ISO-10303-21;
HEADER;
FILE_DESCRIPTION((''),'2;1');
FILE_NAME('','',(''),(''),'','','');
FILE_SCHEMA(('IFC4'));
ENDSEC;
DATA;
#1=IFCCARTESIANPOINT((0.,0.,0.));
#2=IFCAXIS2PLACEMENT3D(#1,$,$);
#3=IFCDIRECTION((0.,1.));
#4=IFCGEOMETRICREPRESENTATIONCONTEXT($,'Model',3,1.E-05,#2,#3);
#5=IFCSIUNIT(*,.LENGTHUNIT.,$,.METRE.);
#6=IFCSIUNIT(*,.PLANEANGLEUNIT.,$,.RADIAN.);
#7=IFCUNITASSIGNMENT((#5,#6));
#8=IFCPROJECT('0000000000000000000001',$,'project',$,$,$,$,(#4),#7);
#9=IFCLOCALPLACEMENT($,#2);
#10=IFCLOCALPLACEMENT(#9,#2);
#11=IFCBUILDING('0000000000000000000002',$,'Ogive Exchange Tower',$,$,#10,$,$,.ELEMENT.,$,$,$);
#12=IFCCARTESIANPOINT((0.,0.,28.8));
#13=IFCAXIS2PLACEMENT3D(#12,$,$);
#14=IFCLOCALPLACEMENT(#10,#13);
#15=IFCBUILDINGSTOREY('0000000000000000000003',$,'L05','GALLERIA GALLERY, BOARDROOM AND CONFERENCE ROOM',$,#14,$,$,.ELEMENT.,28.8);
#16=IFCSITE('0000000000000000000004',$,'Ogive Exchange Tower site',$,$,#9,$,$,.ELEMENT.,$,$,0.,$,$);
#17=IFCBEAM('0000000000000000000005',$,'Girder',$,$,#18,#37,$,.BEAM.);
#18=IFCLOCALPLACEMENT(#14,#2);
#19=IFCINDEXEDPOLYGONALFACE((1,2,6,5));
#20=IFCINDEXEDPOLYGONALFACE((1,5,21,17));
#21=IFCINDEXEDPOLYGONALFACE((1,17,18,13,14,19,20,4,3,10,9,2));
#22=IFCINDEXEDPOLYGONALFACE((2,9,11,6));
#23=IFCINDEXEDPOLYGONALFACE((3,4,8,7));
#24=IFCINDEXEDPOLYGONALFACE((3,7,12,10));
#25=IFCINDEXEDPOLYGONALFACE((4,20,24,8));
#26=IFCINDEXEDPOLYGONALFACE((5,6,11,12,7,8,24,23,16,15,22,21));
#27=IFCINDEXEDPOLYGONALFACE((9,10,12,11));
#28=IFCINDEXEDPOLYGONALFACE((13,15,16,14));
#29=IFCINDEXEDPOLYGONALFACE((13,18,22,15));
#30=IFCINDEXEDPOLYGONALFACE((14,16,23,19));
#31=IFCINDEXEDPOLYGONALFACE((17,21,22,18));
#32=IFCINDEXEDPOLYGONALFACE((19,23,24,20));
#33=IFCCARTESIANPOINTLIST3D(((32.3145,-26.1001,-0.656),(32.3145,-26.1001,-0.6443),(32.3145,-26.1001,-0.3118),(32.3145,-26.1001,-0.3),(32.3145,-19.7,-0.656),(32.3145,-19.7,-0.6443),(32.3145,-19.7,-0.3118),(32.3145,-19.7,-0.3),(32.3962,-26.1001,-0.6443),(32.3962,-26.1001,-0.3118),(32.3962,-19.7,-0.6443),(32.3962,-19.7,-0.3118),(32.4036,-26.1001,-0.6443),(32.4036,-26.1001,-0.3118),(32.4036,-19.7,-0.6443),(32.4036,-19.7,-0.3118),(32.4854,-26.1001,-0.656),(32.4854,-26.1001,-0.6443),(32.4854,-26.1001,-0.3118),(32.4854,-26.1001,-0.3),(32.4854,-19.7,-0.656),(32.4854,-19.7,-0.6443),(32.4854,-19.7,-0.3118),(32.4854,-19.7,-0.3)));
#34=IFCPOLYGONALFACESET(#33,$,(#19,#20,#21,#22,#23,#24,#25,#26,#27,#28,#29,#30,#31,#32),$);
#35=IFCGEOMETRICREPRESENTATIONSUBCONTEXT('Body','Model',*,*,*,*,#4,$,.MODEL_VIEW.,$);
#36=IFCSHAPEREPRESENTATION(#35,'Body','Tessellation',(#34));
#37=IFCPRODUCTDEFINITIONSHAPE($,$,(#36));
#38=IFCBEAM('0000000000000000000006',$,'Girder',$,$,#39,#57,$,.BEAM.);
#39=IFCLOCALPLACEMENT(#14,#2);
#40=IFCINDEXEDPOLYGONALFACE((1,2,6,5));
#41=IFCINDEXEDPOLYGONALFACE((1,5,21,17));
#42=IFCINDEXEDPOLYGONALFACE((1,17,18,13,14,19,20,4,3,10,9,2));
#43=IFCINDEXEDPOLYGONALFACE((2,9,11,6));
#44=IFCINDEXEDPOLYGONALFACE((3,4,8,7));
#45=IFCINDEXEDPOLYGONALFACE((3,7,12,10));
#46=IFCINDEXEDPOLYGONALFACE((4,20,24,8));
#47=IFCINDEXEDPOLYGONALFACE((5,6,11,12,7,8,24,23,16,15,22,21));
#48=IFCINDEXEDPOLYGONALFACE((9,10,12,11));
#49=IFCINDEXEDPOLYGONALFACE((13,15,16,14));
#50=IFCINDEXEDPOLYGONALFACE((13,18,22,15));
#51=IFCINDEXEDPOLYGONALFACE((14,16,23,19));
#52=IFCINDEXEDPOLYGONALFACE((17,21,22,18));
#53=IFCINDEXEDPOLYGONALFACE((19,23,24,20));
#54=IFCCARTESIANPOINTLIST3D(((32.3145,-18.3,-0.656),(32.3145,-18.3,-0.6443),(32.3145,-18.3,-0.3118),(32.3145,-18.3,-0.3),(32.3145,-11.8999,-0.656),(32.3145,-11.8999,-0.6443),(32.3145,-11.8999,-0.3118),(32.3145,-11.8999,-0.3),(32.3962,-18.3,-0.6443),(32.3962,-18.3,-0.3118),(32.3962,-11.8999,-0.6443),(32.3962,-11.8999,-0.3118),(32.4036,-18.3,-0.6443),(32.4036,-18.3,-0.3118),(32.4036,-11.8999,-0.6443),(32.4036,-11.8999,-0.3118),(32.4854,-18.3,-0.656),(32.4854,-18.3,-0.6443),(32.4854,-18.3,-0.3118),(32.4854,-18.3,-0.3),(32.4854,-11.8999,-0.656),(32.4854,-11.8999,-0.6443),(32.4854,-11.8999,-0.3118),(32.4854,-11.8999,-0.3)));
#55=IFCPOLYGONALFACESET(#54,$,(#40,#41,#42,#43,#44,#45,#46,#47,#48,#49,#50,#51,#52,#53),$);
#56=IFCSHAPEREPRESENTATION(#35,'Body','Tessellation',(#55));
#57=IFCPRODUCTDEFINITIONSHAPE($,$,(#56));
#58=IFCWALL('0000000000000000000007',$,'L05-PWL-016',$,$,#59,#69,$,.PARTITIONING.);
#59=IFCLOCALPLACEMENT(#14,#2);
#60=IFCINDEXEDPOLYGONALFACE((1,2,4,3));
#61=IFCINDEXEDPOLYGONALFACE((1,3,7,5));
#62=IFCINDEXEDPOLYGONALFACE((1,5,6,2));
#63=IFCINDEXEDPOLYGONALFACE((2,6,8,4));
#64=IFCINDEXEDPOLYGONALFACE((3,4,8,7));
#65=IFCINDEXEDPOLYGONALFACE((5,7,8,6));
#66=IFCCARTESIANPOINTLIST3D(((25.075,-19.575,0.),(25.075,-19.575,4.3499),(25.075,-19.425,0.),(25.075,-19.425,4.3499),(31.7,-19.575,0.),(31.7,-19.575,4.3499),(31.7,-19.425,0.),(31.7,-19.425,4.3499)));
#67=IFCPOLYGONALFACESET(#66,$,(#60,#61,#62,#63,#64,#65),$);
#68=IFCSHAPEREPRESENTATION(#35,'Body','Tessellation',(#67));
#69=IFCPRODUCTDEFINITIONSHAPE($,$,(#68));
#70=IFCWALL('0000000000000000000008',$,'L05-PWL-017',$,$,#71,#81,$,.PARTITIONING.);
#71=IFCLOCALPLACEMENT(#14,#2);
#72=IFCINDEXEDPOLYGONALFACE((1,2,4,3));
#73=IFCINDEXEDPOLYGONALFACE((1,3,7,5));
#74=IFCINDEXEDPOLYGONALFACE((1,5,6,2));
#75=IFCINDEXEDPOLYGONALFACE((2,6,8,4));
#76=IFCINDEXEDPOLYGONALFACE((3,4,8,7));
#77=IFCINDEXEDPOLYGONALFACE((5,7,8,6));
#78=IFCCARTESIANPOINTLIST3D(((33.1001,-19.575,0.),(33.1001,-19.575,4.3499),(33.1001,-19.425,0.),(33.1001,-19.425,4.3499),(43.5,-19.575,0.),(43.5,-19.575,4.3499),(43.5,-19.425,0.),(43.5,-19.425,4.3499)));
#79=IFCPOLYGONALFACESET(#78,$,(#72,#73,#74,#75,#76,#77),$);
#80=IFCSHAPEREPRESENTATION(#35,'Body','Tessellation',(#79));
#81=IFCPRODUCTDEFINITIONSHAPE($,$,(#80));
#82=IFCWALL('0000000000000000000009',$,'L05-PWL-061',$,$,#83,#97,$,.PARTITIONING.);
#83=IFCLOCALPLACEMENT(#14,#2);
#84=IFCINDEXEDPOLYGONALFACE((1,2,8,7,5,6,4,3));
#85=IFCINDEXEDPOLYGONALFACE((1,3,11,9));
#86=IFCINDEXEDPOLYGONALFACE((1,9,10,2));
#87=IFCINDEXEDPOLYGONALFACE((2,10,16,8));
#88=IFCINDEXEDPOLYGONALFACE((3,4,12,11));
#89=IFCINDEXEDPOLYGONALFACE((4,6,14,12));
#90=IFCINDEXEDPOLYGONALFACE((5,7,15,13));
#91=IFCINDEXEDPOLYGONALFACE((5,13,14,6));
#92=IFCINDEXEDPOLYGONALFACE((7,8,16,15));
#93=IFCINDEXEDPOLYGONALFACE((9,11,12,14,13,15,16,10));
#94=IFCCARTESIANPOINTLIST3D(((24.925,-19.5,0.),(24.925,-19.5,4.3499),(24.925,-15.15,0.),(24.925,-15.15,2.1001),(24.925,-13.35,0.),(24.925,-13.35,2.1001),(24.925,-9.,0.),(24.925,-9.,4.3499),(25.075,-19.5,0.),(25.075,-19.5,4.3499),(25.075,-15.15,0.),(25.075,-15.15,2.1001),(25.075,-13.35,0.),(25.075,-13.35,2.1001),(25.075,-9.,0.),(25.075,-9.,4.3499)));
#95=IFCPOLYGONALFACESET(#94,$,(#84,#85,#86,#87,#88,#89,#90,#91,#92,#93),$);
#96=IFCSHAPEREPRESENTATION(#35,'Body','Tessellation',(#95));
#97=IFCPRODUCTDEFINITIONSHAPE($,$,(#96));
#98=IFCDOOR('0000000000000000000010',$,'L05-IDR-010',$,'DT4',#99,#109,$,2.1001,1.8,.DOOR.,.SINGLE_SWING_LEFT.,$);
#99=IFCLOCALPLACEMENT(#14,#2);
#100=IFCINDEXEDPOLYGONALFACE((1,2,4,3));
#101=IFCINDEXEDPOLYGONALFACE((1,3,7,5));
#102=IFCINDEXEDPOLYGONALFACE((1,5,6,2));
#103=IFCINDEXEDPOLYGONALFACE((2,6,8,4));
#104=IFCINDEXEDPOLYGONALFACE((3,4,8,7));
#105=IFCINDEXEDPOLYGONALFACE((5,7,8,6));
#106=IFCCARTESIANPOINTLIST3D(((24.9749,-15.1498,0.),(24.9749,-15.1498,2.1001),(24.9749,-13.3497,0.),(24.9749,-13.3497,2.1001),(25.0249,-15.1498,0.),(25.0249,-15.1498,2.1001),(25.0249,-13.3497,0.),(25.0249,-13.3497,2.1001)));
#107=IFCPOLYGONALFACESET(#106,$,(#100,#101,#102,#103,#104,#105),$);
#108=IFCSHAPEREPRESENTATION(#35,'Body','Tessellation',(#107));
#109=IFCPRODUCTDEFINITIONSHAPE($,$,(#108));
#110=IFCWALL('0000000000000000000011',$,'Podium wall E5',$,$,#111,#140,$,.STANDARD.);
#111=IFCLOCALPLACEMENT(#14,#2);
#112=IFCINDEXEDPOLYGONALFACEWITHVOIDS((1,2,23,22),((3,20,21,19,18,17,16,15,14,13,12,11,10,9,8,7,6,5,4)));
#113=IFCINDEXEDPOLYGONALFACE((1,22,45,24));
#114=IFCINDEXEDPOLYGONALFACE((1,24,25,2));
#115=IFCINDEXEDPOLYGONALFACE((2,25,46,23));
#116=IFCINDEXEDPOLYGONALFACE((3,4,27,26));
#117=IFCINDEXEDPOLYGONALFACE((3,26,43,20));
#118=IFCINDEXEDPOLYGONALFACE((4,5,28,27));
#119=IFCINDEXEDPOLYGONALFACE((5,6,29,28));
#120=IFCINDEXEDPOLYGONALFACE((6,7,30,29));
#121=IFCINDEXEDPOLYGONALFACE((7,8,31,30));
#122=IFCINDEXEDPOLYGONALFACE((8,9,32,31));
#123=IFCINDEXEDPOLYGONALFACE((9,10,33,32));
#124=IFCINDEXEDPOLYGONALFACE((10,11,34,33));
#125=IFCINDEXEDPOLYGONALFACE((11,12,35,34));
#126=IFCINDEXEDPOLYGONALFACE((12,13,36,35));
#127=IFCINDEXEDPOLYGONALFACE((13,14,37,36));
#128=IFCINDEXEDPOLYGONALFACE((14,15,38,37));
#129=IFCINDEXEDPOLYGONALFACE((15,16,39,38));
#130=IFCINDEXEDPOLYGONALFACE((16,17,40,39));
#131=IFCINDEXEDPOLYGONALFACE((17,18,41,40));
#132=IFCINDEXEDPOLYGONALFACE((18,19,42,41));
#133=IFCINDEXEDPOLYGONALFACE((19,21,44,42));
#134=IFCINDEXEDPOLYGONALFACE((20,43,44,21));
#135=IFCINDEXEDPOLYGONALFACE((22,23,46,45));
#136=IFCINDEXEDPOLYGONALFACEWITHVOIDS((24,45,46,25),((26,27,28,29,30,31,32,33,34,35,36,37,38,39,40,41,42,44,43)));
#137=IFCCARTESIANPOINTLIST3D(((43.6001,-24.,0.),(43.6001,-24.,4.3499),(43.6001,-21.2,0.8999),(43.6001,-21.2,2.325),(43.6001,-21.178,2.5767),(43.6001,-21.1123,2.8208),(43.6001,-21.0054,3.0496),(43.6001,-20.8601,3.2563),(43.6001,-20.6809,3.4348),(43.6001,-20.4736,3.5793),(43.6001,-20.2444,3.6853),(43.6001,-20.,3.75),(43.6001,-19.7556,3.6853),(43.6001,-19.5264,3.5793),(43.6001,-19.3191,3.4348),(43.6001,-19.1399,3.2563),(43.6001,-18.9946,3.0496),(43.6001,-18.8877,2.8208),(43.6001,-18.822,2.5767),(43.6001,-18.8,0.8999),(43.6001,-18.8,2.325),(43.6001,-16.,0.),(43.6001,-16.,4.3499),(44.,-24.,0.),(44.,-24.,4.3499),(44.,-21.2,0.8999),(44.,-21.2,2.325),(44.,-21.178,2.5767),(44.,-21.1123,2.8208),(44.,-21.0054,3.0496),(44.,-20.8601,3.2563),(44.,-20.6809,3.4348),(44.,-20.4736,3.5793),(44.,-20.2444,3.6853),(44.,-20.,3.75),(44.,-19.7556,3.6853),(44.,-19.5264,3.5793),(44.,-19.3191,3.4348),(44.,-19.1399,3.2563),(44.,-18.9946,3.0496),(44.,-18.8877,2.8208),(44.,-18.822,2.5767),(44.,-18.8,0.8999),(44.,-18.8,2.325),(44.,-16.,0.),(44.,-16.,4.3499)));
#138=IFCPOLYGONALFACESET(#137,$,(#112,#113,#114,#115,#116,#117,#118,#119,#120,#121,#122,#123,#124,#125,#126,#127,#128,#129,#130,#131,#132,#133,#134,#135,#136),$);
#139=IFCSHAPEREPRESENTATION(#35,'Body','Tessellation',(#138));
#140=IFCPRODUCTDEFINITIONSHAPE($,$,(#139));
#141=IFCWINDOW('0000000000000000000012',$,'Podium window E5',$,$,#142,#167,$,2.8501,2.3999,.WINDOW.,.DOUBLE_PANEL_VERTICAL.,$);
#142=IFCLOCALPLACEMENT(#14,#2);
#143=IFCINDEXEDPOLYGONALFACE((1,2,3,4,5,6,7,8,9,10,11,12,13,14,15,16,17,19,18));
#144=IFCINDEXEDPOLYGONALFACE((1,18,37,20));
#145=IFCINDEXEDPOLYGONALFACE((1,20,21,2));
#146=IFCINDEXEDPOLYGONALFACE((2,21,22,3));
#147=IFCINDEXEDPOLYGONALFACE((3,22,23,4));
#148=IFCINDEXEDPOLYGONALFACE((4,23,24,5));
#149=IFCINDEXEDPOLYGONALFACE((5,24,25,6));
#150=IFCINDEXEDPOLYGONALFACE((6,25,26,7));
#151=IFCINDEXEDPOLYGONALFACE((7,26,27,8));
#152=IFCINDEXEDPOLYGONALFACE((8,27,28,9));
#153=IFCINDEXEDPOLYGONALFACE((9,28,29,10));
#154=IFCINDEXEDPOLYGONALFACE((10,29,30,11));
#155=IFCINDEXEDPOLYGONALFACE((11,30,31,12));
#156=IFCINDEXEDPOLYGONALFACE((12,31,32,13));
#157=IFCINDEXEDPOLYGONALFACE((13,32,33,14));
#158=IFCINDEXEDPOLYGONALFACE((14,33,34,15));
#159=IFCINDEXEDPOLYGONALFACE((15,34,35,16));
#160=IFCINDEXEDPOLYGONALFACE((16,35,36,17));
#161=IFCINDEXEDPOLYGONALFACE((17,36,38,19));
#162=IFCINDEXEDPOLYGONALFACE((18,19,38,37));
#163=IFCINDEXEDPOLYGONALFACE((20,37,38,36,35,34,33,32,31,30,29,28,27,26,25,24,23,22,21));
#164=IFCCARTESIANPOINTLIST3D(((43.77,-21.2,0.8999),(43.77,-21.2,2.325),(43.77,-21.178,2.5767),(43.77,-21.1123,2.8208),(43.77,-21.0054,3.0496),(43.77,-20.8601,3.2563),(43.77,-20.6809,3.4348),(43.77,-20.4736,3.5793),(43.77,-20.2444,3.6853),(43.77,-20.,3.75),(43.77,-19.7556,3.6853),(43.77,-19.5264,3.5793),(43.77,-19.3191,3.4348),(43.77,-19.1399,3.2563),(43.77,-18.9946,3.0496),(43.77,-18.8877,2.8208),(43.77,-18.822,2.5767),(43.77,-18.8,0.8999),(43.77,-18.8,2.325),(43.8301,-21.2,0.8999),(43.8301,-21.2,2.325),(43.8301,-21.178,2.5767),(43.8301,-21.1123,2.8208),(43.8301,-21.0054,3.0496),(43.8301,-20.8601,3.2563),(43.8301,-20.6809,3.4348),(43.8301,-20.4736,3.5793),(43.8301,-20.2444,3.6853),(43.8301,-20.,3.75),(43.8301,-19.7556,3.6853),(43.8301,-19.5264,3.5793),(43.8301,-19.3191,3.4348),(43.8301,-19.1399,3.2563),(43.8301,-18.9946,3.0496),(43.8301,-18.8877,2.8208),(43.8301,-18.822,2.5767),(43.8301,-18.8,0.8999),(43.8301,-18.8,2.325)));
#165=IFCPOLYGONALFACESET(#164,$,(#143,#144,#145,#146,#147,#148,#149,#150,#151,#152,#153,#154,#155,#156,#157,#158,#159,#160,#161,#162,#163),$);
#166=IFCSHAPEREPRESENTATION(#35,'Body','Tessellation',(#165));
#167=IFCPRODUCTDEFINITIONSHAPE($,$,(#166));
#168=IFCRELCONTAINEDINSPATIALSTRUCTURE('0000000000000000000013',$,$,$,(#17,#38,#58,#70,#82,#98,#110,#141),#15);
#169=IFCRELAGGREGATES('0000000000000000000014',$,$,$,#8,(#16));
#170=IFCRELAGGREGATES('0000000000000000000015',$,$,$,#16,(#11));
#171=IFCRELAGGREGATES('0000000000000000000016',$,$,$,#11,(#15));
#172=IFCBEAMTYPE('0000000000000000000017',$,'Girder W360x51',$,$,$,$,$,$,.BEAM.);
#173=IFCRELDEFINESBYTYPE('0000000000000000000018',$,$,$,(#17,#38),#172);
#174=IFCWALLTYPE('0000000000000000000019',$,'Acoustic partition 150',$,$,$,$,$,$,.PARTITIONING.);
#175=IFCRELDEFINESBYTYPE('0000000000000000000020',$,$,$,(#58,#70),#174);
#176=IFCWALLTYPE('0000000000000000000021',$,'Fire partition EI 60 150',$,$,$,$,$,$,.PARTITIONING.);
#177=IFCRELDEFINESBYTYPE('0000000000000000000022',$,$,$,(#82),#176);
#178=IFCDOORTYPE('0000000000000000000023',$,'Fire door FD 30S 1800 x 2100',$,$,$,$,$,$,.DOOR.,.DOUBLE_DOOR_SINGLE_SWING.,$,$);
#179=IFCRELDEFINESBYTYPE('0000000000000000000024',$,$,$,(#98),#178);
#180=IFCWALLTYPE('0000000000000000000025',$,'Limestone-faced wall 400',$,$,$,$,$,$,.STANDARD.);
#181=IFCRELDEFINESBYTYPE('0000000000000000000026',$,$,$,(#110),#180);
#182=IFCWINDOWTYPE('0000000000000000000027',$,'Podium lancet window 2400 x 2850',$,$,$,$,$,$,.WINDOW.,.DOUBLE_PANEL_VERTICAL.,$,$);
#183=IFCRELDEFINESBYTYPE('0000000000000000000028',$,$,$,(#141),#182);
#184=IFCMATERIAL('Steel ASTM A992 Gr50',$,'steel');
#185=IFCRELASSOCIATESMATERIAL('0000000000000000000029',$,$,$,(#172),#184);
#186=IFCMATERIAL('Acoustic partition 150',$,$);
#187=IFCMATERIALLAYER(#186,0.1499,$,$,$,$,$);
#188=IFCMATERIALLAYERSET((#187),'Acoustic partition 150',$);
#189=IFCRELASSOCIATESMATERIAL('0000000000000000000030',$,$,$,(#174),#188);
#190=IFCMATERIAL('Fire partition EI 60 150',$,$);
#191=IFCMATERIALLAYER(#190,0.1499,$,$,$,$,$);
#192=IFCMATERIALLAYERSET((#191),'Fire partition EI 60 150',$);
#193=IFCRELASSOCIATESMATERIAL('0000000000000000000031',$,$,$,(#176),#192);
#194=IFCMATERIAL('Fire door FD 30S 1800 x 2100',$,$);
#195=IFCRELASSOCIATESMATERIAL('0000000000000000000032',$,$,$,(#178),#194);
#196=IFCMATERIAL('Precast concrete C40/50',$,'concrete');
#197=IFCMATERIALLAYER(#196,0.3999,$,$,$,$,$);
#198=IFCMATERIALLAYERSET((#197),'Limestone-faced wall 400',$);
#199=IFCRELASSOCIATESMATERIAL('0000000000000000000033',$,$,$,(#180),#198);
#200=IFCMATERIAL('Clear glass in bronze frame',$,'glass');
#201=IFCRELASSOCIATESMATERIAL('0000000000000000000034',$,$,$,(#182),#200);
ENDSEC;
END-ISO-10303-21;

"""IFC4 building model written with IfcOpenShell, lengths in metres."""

from ifc_helpers import new_model, si_unit, direction, frame, frame_2d, origin, origin_2d, place, context, subcontext, project, spatial, polyline, rectangle, i_section, outline, extrude, material, layer, layer_set, material_profile, profile_set, type_object, element, fill, save


model = new_model("IFC4")

# Units and contexts
model_context = context("Model", 3, precision=1e-05, world=origin(), true_north=direction((0.0, 1.0)))
body_context = subcontext(model_context, "Body", "Model", "MODEL_VIEW")
ifc_project = project(units=[si_unit("LENGTHUNIT", "METRE"), si_unit("PLANEANGLEUNIT", "RADIAN")], contexts=[model_context])

# Site, building, storey
site_placement = place(None, origin())
site = spatial("IfcSite", under=ifc_project, at=site_placement, Name="Ogive Exchange Tower site", CompositionType="ELEMENT", RefElevation=0.0)
building_placement = place(site_placement, origin())
building = spatial("IfcBuilding", under=site, at=building_placement, Name="Ogive Exchange Tower", CompositionType="ELEMENT")
storey_placement = place(building_placement, frame((0.0, 0.0, 28.8)))
storey = spatial("IfcBuildingStorey", under=building, at=storey_placement, Name="L05", Description="GALLERIA GALLERY, BOARDROOM AND CONFERENCE ROOM", CompositionType="ELEMENT", Elevation=28.8)

# Beams
ifc_material_1 = material(Name="Steel ASTM A992 Gr50", Category="steel")
ifc_material_profile_1 = material_profile(ifc_material_1, i_section(OverallWidth=0.1709, OverallDepth=0.356, WebThickness=0.0073, FlangeThickness=0.0117, at=origin_2d()), Name="W360x51")
ifc_profile_set_1 = profile_set([ifc_material_profile_1], Name="Steel ASTM A992 Gr50")
beam_type_1 = type_object("IfcBeamType", Name="Girder W360x51", PredefinedType="BEAM", material=ifc_profile_set_1)
for number, where, z_axis, x_axis, name in (
    (1, (32.3999, -26.1001, -0.478), (0.0, 1.0, 0.0), (-1.0, 0.0, 0.0), "Girder"),
    (2, (32.3999, -18.3, -0.478), (0.0, 1.0, 0.0), (-1.0, 0.0, 0.0), "Girder"),
):
    element("IfcBeam", number, at=place(storey_placement, frame(where, z_axis=z_axis, x_axis=x_axis)), inside=storey, type_object=beam_type_1, Name=name, PredefinedType="BEAM", context=body_context, shape_type="SweptSolid", body=[
        extrude(i_section(OverallWidth=0.1709, OverallDepth=0.356, WebThickness=0.0073, FlangeThickness=0.0117, at=origin_2d()), origin(), (0.0, 0.0, 1.0), 6.4001),
    ])

# Walls
ifc_material_2 = material(Name="Acoustic partition 150")
ifc_layer_1 = layer(ifc_material_2, 0.1499)
ifc_layer_set_1 = layer_set([ifc_layer_1], Name="Acoustic partition 150")
wall_type_1 = type_object("IfcWallType", Name="Acoustic partition 150", PredefinedType="PARTITIONING", material=ifc_layer_set_1)
wall_1_placement = place(storey_placement, frame((25.075, -19.5, 0.0), z_axis=(0.0, 0.0, 1.0), x_axis=(1.0, 0.0, 0.0)))
element("IfcWall", 3, at=wall_1_placement, inside=storey, type_object=wall_type_1, Name="L05-PWL-016", PredefinedType="PARTITIONING", context=body_context, shape_type="SweptSolid", body=[
    extrude(rectangle(XDim=6.625, YDim=0.1499, at=frame_2d((3.3125, 0.0))), origin(), (0.0, 0.0, 1.0), 4.3499),
])
wall_2_placement = place(storey_placement, frame((33.1001, -19.5, 0.0), z_axis=(0.0, 0.0, 1.0), x_axis=(1.0, 0.0, 0.0)))
element("IfcWall", 4, at=wall_2_placement, inside=storey, type_object=wall_type_1, Name="L05-PWL-017", PredefinedType="PARTITIONING", context=body_context, shape_type="SweptSolid", body=[
    extrude(rectangle(XDim=10.3999, YDim=0.1499, at=frame_2d((5.2, 0.0))), origin(), (0.0, 0.0, 1.0), 4.3499),
])

# Wall, opening, door
ifc_material_3 = material(Name="Fire partition EI 60 150")
ifc_layer_2 = layer(ifc_material_3, 0.1499)
ifc_layer_set_2 = layer_set([ifc_layer_2], Name="Fire partition EI 60 150")
wall_type_2 = type_object("IfcWallType", Name="Fire partition EI 60 150", PredefinedType="PARTITIONING", material=ifc_layer_set_2)
wall_3_placement = place(storey_placement, frame((25.0, -19.5, 0.0), z_axis=(0.0, 0.0, 1.0), x_axis=(0.0, 1.0, 0.0)))
wall_3 = element("IfcWall", 5, at=wall_3_placement, inside=storey, type_object=wall_type_2, Name="L05-PWL-061", PredefinedType="PARTITIONING", context=body_context, shape_type="SweptSolid", body=[
    extrude(rectangle(XDim=10.5, YDim=0.1499, at=frame_2d((5.25, 0.0))), origin(), (0.0, 0.0, 1.0), 4.3499),
])
opening_1_placement = place(wall_3_placement, frame((4.3501, 0.0, 0.0)))
opening_1 = element("IfcOpeningElement", 6, at=opening_1_placement, cuts=wall_3, PredefinedType="OPENING", context=body_context, shape_type="SweptSolid", body=[
    extrude(rectangle(XDim=1.8, YDim=2.1001, at=frame_2d((0.8999, 1.05))), frame((0.0, 0.085, 0.0), z_axis=(0.0, -1.0, 0.0), x_axis=(1.0, 0.0, 0.0)), (0.0, 0.0, 1.0), 0.1699),
])
ifc_material_4 = material(Name="Fire door FD 30S 1800 x 2100")
door_type = type_object("IfcDoorType", Name="Fire door FD 30S 1800 x 2100", OperationType="DOUBLE_DOOR_SINGLE_SWING", PredefinedType="DOOR", material=ifc_material_4)
door_placement = place(opening_1_placement, frame((1.8, 0.0, 0.0), z_axis=(0.0, 0.0, 1.0), x_axis=(-1.0, 0.0, 0.0)))
door = element("IfcDoor", 7, at=door_placement, inside=storey, type_object=door_type, Name="L05-IDR-010", ObjectType="DT4", OperationType="SINGLE_SWING_LEFT", OverallHeight=2.1001, OverallWidth=1.8, PredefinedType="DOOR", context=body_context, shape_type="SweptSolid", body=[
    extrude(rectangle(XDim=1.8, YDim=2.1001, at=frame_2d((0.8999, 1.05))), frame((0.0, 0.0249, 0.0), z_axis=(0.0, -1.0, 0.0), x_axis=(1.0, 0.0, 0.0)), (0.0, 0.0, 1.0), 0.05),
])
fill(opening_1, door)

# Wall, opening, window
ifc_material_5 = material(Name="Precast concrete C40/50", Category="concrete")
ifc_layer_3 = layer(ifc_material_5, 0.3999)
ifc_layer_set_3 = layer_set([ifc_layer_3], Name="Limestone-faced wall 400")
wall_type_3 = type_object("IfcWallType", Name="Limestone-faced wall 400", PredefinedType="STANDARD", material=ifc_layer_set_3)
wall_4_placement = place(storey_placement, frame((43.8, -24.0, 0.0), z_axis=(0.0, 0.0, 1.0), x_axis=(0.0, 1.0, 0.0)))
wall_4 = element("IfcWall", 8, at=wall_4_placement, inside=storey, type_object=wall_type_3, Name="Podium wall E5", PredefinedType="STANDARD", context=body_context, shape_type="SweptSolid", body=[
    extrude(rectangle(XDim=8.0, YDim=0.3999, at=frame_2d((4.0, 0.0))), origin(), (0.0, 0.0, 1.0), 4.3499),
])
opening_2_placement = place(wall_4_placement, frame((2.8, 0.0, 0.8999)))
opening_2 = element("IfcOpeningElement", 9, at=opening_2_placement, cuts=wall_4, PredefinedType="OPENING", context=body_context, shape_type="SweptSolid", body=[
    extrude(outline(polyline([(0.0, 0.0), (2.3999, 0.0), (2.3999, 1.425), (2.3779, 1.6768), (2.3123, 1.9209), (2.2053, 2.1497), (2.0601, 2.3564), (1.8809, 2.5349), (1.6736, 2.6794), (1.4443, 2.7854), (1.2, 2.8501), (0.9556, 2.7854), (0.7263, 2.6794), (0.519, 2.5349), (0.3398, 2.3564), (0.1946, 2.1497), (0.0876, 1.9209), (0.022, 1.6768), (0.0, 1.425), (0.0, 0.0)])), frame((0.0, 0.21, 0.0), z_axis=(0.0, -1.0, 0.0), x_axis=(1.0, 0.0, 0.0)), (0.0, 0.0, 1.0), 0.4199),
])
ifc_material_6 = material(Name="Clear glass in bronze frame", Category="glass")
window_type_1 = type_object("IfcWindowType", Name="Podium lancet window 2400 x 2850", PartitioningType="DOUBLE_PANEL_VERTICAL", PredefinedType="WINDOW", material=ifc_material_6)
window_1_placement = place(opening_2_placement, origin())
window_1 = element("IfcWindow", 10, at=window_1_placement, inside=storey, type_object=window_type_1, Name="Podium window E5", OverallHeight=2.8501, OverallWidth=2.3999, PartitioningType="DOUBLE_PANEL_VERTICAL", PredefinedType="WINDOW", context=body_context, shape_type="SweptSolid", body=[
    extrude(outline(polyline([(0.0, 0.0), (2.3999, 0.0), (2.3999, 1.425), (2.3779, 1.6768), (2.3123, 1.9209), (2.2053, 2.1497), (2.0601, 2.3564), (1.8809, 2.5349), (1.6736, 2.6794), (1.4443, 2.7854), (1.2, 2.8501), (0.9556, 2.7854), (0.7263, 2.6794), (0.519, 2.5349), (0.3398, 2.3564), (0.1946, 2.1497), (0.0876, 1.9209), (0.022, 1.6768), (0.0, 1.425), (0.0, 0.0)])), frame((0.0, 0.03, 0.0), z_axis=(0.0, -1.0, 0.0), x_axis=(1.0, 0.0, 0.0)), (0.0, 0.0, 1.0), 0.0601),
])
fill(opening_2, window_1)

save(model, "model.ifc")
